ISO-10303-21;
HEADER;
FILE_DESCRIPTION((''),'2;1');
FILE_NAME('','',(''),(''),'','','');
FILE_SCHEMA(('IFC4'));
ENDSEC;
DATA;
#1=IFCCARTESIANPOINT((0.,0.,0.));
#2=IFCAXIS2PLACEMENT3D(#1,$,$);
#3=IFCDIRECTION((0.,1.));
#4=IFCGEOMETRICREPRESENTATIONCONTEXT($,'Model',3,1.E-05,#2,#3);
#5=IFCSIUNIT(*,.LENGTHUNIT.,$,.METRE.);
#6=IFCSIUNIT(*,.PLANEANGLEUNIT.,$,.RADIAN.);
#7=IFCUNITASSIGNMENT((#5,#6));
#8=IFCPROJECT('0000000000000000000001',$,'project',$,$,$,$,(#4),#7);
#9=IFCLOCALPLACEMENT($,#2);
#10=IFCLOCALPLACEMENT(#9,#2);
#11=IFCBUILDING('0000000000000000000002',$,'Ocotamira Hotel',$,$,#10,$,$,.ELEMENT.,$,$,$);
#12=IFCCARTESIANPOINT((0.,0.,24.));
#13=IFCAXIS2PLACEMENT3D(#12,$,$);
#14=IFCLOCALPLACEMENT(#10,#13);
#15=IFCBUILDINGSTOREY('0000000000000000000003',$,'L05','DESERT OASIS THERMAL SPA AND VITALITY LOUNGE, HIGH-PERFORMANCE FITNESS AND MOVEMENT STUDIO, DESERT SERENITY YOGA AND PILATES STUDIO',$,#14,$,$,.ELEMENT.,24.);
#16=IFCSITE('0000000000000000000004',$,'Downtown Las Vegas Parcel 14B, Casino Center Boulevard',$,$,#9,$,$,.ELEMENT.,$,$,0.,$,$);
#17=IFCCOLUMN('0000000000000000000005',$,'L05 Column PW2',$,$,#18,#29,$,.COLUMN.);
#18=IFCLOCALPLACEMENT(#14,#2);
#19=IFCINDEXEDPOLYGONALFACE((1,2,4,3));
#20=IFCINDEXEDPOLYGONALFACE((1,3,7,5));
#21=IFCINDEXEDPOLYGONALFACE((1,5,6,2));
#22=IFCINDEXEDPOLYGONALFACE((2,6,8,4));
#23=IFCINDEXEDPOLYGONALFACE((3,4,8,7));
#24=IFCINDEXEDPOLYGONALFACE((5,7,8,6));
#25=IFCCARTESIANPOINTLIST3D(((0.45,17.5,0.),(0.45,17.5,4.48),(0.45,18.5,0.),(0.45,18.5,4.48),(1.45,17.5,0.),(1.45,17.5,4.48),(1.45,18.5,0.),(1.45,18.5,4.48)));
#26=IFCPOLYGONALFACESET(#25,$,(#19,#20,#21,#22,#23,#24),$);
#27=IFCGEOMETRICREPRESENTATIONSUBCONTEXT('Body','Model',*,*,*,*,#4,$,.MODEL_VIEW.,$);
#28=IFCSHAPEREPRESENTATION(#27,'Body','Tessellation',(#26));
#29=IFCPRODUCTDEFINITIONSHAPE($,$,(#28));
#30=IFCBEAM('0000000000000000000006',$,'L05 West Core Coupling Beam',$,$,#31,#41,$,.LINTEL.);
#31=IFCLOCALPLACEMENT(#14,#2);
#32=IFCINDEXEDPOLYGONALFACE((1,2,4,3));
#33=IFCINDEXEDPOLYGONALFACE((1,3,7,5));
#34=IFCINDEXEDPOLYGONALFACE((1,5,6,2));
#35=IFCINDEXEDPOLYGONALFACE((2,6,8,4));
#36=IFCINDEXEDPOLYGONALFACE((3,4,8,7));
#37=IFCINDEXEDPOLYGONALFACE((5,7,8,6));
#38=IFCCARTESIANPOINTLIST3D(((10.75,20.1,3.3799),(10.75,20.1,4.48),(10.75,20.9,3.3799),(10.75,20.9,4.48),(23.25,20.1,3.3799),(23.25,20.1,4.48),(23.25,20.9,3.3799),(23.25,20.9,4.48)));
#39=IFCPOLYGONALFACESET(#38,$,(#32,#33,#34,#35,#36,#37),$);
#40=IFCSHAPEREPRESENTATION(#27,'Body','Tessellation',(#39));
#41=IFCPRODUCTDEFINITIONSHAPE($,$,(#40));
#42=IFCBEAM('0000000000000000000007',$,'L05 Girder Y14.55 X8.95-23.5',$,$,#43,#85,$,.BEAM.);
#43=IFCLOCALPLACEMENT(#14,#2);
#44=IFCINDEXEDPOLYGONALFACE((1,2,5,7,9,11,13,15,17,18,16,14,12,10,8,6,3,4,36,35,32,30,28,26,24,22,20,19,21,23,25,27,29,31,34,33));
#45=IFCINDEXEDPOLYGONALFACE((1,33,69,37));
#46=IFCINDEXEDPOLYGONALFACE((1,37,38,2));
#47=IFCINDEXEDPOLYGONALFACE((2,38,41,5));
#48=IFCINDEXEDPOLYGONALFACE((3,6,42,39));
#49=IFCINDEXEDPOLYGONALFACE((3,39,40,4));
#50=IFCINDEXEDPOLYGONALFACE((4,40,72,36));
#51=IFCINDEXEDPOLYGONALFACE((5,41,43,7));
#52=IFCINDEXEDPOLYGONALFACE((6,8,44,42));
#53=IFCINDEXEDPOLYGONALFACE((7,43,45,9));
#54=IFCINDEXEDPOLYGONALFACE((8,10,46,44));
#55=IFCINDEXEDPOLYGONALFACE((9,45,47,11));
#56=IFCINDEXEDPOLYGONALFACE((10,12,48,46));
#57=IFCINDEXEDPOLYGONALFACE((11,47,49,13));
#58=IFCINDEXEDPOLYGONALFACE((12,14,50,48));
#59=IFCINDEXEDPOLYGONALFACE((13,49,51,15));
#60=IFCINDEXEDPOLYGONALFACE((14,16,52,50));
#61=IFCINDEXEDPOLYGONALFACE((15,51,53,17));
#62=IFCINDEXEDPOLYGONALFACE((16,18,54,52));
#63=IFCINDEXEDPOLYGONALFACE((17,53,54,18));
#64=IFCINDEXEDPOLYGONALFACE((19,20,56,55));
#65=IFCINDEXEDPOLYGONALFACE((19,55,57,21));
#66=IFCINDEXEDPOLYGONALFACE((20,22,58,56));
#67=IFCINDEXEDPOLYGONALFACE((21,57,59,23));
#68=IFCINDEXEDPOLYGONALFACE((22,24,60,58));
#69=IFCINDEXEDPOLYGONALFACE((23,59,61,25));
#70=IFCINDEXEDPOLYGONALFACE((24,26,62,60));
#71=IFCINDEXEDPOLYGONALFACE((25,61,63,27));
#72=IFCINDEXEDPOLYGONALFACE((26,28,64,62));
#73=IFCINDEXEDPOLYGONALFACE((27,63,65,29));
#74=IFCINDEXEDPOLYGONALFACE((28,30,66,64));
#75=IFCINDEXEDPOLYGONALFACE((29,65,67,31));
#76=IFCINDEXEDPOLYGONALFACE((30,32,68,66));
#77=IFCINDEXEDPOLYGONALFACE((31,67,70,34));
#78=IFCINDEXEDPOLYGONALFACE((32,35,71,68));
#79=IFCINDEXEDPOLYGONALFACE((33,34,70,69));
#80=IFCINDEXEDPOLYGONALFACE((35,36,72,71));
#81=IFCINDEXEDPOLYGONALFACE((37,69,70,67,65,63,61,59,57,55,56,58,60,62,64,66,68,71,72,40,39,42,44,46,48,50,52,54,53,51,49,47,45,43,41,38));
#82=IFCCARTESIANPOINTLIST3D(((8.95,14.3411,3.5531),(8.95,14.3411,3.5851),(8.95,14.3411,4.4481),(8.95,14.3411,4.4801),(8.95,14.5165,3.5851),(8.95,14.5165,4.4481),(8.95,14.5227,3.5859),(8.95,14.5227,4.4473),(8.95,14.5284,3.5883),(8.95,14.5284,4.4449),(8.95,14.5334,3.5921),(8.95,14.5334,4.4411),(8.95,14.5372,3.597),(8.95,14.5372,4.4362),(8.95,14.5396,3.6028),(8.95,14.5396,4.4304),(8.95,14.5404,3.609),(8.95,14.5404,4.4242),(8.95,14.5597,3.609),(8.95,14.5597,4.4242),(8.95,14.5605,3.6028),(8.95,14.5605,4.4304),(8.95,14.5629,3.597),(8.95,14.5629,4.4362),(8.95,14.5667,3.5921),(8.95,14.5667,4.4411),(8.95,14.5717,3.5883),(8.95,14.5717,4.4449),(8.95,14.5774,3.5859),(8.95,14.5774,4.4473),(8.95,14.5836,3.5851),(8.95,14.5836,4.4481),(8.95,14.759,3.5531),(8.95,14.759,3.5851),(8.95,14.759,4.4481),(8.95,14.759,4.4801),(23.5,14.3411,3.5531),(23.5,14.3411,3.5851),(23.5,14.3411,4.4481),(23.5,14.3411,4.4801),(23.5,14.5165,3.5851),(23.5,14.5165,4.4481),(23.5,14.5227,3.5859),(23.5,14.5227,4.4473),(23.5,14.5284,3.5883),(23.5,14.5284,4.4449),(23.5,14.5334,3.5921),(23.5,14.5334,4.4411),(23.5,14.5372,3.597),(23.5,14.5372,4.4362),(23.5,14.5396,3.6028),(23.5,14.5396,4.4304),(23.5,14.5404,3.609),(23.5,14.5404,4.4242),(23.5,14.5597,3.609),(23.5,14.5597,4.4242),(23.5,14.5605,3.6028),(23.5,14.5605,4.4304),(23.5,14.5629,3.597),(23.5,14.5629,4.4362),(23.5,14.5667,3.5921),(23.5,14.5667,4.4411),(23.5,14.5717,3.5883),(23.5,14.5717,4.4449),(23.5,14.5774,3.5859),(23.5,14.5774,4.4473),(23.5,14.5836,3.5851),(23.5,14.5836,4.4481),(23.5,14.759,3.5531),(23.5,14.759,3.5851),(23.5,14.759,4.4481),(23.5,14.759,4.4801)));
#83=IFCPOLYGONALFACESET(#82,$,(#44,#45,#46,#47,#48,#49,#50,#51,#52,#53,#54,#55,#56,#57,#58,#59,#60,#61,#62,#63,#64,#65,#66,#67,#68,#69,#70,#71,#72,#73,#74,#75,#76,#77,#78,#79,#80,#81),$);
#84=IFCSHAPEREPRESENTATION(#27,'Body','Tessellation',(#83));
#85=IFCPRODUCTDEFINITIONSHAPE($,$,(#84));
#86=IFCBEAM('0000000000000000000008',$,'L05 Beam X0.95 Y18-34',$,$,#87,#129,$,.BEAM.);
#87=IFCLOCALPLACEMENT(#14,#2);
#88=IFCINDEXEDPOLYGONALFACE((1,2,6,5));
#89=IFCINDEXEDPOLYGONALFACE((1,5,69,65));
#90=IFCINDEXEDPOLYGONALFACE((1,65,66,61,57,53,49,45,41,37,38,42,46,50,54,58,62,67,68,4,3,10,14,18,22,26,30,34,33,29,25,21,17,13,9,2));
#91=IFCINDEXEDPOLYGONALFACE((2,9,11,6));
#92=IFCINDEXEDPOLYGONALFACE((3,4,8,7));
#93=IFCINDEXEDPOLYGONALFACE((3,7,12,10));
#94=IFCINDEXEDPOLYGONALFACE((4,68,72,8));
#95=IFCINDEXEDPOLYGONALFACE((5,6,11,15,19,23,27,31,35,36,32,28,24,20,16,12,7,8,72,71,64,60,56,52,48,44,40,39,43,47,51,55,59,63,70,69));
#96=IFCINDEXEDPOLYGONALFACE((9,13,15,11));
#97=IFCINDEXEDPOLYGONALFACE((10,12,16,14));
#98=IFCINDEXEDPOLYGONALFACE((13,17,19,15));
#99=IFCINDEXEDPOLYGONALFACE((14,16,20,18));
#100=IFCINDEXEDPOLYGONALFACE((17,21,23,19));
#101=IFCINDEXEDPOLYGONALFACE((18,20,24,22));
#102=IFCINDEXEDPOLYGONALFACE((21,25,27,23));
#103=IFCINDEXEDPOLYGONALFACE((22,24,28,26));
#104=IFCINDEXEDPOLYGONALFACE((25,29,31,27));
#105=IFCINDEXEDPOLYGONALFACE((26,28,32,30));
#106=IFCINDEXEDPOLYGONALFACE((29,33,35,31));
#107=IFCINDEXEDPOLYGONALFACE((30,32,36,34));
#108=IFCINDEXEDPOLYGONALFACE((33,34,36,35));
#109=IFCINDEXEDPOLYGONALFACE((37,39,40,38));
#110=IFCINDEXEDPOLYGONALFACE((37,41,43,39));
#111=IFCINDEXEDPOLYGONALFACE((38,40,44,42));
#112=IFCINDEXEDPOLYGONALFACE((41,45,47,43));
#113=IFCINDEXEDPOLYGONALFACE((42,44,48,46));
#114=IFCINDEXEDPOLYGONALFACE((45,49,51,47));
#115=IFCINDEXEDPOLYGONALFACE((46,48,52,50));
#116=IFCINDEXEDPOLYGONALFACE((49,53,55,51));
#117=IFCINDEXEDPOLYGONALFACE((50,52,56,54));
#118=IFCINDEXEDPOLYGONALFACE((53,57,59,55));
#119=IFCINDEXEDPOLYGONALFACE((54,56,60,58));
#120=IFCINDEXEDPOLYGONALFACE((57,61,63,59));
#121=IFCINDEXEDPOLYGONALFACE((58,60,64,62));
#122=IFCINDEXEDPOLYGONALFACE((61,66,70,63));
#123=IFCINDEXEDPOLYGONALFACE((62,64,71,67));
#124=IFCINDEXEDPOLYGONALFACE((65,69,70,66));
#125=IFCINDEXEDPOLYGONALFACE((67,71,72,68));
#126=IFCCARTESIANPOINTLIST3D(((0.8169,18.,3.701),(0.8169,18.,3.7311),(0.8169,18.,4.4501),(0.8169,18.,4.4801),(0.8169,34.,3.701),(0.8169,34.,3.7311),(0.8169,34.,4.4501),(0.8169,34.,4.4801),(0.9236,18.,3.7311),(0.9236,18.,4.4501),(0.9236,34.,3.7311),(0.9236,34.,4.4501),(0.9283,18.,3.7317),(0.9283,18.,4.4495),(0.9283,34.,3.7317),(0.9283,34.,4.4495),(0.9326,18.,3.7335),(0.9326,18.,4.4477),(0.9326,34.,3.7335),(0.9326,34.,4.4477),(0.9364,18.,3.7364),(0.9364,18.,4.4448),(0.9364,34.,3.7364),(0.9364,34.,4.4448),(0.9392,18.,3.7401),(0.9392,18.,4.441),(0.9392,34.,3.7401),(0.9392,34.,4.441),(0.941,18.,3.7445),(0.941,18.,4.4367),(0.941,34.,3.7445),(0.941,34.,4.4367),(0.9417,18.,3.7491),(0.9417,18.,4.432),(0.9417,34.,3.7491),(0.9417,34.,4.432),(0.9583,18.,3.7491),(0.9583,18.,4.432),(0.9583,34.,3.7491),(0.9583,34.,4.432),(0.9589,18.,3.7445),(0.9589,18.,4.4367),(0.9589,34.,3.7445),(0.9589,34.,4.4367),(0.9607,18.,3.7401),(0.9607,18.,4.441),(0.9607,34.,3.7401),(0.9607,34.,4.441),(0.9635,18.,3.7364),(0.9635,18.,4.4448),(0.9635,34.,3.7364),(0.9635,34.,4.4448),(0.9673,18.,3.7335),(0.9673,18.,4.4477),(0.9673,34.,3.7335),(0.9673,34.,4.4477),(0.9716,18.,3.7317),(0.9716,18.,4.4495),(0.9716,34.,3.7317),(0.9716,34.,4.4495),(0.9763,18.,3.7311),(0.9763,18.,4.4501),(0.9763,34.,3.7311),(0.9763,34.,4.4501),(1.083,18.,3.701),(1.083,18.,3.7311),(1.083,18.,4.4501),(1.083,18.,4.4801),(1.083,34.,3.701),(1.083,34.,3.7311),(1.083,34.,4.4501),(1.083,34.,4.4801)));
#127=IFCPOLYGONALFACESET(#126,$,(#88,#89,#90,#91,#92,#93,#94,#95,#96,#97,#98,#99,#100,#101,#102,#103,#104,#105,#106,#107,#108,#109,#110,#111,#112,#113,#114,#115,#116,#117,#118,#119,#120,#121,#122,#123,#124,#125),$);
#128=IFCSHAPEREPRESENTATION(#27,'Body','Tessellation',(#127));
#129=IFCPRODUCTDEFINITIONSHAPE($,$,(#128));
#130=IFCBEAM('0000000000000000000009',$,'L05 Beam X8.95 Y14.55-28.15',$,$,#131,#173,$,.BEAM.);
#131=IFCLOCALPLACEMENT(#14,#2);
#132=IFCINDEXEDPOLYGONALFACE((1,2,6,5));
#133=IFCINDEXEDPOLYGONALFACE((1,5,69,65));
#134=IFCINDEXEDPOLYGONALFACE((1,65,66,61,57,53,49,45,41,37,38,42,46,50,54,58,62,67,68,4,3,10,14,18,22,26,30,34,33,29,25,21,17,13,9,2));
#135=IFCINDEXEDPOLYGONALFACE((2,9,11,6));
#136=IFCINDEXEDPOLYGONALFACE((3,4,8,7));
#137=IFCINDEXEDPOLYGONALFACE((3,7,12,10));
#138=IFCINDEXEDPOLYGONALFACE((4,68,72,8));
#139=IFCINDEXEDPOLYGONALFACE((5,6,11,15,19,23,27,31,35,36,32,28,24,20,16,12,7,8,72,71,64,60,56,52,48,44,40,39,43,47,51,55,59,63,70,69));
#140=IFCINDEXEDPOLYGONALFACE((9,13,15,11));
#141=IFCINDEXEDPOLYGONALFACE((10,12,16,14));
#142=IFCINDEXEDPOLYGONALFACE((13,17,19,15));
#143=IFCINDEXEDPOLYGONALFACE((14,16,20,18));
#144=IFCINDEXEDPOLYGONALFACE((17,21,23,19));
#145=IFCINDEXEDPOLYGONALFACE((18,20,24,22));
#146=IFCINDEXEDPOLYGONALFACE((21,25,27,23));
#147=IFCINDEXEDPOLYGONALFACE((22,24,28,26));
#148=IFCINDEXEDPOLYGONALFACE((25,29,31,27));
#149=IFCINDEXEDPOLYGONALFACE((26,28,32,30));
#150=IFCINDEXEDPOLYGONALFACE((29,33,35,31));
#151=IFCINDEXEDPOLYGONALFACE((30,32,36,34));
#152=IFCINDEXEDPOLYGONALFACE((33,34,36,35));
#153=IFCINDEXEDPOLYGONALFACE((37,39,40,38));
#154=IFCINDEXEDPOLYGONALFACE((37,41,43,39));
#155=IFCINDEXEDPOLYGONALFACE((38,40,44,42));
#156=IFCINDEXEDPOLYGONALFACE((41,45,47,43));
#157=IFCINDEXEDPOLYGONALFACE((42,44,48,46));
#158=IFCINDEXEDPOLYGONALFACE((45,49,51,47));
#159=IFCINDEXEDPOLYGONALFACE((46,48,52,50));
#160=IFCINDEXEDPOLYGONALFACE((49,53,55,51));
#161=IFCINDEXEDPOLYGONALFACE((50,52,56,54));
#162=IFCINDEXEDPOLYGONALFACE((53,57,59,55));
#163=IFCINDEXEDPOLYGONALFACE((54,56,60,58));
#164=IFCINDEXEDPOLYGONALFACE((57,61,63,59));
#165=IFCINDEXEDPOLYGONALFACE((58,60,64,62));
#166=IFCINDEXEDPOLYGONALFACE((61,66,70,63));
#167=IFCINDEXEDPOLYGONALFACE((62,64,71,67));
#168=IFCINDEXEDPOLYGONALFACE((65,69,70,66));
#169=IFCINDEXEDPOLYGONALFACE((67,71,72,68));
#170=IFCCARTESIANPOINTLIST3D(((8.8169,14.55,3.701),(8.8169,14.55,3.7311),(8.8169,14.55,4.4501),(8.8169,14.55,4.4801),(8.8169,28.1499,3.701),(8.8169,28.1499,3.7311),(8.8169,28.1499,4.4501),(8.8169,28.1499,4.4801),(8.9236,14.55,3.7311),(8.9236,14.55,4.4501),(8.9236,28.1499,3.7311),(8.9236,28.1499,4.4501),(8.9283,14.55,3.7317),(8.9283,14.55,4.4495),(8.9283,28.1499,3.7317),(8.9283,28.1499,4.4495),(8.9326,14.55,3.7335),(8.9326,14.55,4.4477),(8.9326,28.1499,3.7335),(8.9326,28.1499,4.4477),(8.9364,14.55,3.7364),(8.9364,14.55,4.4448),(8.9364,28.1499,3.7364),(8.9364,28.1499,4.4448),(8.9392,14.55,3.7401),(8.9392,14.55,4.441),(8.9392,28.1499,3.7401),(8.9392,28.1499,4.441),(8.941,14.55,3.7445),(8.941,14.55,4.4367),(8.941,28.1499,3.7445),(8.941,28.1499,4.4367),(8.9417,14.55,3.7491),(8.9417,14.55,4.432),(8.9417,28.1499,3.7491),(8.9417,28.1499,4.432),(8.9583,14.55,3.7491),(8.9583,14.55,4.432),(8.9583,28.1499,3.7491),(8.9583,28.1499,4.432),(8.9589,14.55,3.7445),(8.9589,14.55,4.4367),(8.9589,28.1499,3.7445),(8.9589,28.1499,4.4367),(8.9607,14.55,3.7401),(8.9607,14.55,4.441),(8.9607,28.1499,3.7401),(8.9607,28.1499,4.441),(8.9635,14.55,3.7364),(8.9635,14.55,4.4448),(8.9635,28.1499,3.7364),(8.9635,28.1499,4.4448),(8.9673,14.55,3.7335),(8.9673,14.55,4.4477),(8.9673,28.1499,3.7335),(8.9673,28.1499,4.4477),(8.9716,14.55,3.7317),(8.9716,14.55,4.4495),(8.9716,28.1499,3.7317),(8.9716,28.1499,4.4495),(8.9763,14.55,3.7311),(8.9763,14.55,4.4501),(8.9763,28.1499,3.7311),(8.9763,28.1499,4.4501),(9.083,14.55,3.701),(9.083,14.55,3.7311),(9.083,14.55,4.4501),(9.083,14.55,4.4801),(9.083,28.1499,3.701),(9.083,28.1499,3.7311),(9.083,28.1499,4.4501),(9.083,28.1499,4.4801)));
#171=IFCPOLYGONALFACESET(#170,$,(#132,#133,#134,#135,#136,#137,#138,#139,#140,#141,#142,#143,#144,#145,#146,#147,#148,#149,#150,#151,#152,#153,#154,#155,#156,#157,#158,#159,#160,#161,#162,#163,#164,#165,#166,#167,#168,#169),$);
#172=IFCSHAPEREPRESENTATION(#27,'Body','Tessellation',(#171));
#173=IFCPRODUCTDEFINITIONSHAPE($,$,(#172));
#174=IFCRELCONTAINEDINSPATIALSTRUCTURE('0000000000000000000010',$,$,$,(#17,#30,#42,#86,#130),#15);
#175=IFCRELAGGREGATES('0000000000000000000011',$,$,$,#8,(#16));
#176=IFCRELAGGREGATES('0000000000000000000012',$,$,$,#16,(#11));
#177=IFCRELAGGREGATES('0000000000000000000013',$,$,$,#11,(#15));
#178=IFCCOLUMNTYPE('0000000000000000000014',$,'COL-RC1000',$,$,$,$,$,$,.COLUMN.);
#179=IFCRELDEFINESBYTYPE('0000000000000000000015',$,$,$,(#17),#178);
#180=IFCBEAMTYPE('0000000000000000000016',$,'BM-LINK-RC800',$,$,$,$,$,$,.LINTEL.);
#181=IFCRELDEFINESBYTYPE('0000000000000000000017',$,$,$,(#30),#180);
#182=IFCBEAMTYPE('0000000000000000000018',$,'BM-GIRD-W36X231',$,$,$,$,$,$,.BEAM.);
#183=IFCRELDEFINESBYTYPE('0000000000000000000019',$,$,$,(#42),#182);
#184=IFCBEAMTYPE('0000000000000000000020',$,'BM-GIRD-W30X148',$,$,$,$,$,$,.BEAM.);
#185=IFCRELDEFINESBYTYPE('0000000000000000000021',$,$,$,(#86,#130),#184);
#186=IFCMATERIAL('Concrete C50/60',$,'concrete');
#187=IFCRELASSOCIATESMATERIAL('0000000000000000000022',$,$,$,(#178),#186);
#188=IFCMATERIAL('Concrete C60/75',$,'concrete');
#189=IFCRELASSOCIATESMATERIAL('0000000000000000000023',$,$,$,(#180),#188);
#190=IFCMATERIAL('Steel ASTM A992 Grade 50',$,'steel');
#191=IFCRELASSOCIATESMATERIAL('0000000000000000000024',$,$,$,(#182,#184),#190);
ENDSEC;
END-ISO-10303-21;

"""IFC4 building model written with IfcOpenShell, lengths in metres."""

from ifc_helpers import new_model, si_unit, direction, frame, origin, origin_2d, place, context, subcontext, project, spatial, rectangle, i_section, extrude, source, transform, mapped, material, material_profile, profile_set, type_object, element, save


model = new_model("IFC4")

# Units and contexts
model_context = context("Model", 3, precision=1e-05, world=origin(), true_north=direction((0.0, 1.0)))
body_context = subcontext(model_context, "Body", "Model", "MODEL_VIEW")
ifc_project = project(units=[si_unit("LENGTHUNIT", "METRE"), si_unit("PLANEANGLEUNIT", "RADIAN")], contexts=[model_context])

# Site, building, storey
site_placement = place(None, origin())
site = spatial("IfcSite", under=ifc_project, at=site_placement, Name="Downtown Las Vegas Parcel 14B, Casino Center Boulevard", CompositionType="ELEMENT", RefElevation=0.0)
building_placement = place(site_placement, origin())
building = spatial("IfcBuilding", under=site, at=building_placement, Name="Ocotamira Hotel", CompositionType="ELEMENT")
storey_placement = place(building_placement, frame((0.0, 0.0, 24.0)))
storey = spatial("IfcBuildingStorey", under=building, at=storey_placement, Name="L05", Description="DESERT OASIS THERMAL SPA AND VITALITY LOUNGE, HIGH-PERFORMANCE FITNESS AND MOVEMENT STUDIO, DESERT SERENITY YOGA AND PILATES STUDIO", CompositionType="ELEMENT", Elevation=24.0)

# Column
ifc_material_1 = material(Name="Concrete C50/60", Category="concrete")
ifc_material_profile_1 = material_profile(ifc_material_1, rectangle(XDim=1.0, YDim=1.0, at=origin_2d()), Name="RC1000X1000")
ifc_profile_set_1 = profile_set([ifc_material_profile_1], Name="Concrete C50/60")
column_type = type_object("IfcColumnType", Name="COL-RC1000", PredefinedType="COLUMN", material=ifc_profile_set_1)
shared_shape_1 = source(origin(), body_context, "Body", "SweptSolid", [
    extrude(rectangle(XDim=1.0, YDim=1.0, at=origin_2d()), origin(), (0.0, 0.0, 1.0), 4.48),
])
column_placement = place(storey_placement, frame((0.95, 18.0, 0.0), z_axis=(0.0, 0.0, 1.0), x_axis=(1.0, 0.0, 0.0)))
element("IfcColumn", 1, at=column_placement, inside=storey, type_object=column_type, Name="L05 Column PW2", PredefinedType="COLUMN", context=body_context, shape_type="MappedRepresentation", body=[
    mapped(shared_shape_1, transform((0.0, 0.0, 0.0), scale=1.0)),
])

# Beams
ifc_material_2 = material(Name="Concrete C60/75", Category="concrete")
ifc_material_profile_2 = material_profile(ifc_material_2, rectangle(XDim=0.8, YDim=1.1001, at=origin_2d()), Name="RC800X1100")
ifc_profile_set_2 = profile_set([ifc_material_profile_2], Name="Concrete C60/75")
beam_type_1 = type_object("IfcBeamType", Name="BM-LINK-RC800", PredefinedType="LINTEL", material=ifc_profile_set_2)
shared_shape_2 = source(origin(), body_context, "Body", "SweptSolid", [
    extrude(rectangle(XDim=0.8, YDim=1.1001, at=origin_2d()), origin(), (0.0, 0.0, 1.0), 12.5),
])
beam_1_placement = place(storey_placement, frame((10.75, 20.5, 3.9299), z_axis=(1.0, 0.0, 0.0), x_axis=(0.0, 1.0, 0.0)))
element("IfcBeam", 2, at=beam_1_placement, inside=storey, type_object=beam_type_1, Name="L05 West Core Coupling Beam", PredefinedType="LINTEL", context=body_context, shape_type="MappedRepresentation", body=[
    mapped(shared_shape_2, transform((0.0, 0.0, 0.0), scale=1.0)),
])
ifc_material_3 = material(Name="Steel ASTM A992 Grade 50", Category="steel")
ifc_material_profile_3 = material_profile(ifc_material_3, i_section(OverallWidth=0.418, OverallDepth=0.927, WebThickness=0.0193, FlangeThickness=0.032, FilletRadius=0.0239, at=origin_2d()), Name="W36X231")
ifc_profile_set_3 = profile_set([ifc_material_profile_3], Name="Steel ASTM A992 Grade 50")
beam_type_2 = type_object("IfcBeamType", Name="BM-GIRD-W36X231", PredefinedType="BEAM", material=ifc_profile_set_3)
shared_shape_3 = source(origin(), body_context, "Body", "SweptSolid", [
    extrude(i_section(OverallWidth=0.418, OverallDepth=0.927, WebThickness=0.0193, FlangeThickness=0.032, FilletRadius=0.0239, at=origin_2d()), origin(), (0.0, 0.0, 1.0), 14.55),
])
beam_2_placement = place(storey_placement, frame((8.95, 14.55, 4.0166), z_axis=(1.0, 0.0, 0.0), x_axis=(0.0, 1.0, 0.0)))
element("IfcBeam", 3, at=beam_2_placement, inside=storey, type_object=beam_type_2, Name="L05 Girder Y14.55 X8.95-23.5", PredefinedType="BEAM", context=body_context, shape_type="MappedRepresentation", body=[
    mapped(shared_shape_3, transform((0.0, 0.0, 0.0), scale=1.0)),
])
ifc_material_profile_4 = material_profile(ifc_material_3, i_section(OverallWidth=0.2661, OverallDepth=0.7791, WebThickness=0.0166, FlangeThickness=0.03, FilletRadius=0.0181, at=origin_2d()), Name="W30X148")
ifc_profile_set_4 = profile_set([ifc_material_profile_4], Name="Steel ASTM A992 Grade 50")
beam_type_3 = type_object("IfcBeamType", Name="BM-GIRD-W30X148", PredefinedType="BEAM", material=ifc_profile_set_4)
shared_shape_4 = source(origin(), body_context, "Body", "SweptSolid", [
    extrude(i_section(OverallWidth=0.2661, OverallDepth=0.7791, WebThickness=0.0166, FlangeThickness=0.03, FilletRadius=0.0181, at=origin_2d()), origin(), (0.0, 0.0, 1.0), 16.0),
])
beam_3_placement = place(storey_placement, frame((0.95, 18.0, 4.0906), z_axis=(0.0, 1.0, 0.0), x_axis=(-1.0, 0.0, 0.0)))
element("IfcBeam", 4, at=beam_3_placement, inside=storey, type_object=beam_type_3, Name="L05 Beam X0.95 Y18-34", PredefinedType="BEAM", context=body_context, shape_type="MappedRepresentation", body=[
    mapped(shared_shape_4, transform((0.0, 0.0, 0.0), scale=1.0)),
])
shared_shape_5 = source(origin(), body_context, "Body", "SweptSolid", [
    extrude(i_section(OverallWidth=0.2661, OverallDepth=0.7791, WebThickness=0.0166, FlangeThickness=0.03, FilletRadius=0.0181, at=origin_2d()), origin(), (0.0, 0.0, 1.0), 13.5999),
])
beam_4_placement = place(storey_placement, frame((8.95, 14.55, 4.0906), z_axis=(0.0, 1.0, 0.0), x_axis=(-1.0, 0.0, 0.0)))
element("IfcBeam", 5, at=beam_4_placement, inside=storey, type_object=beam_type_3, Name="L05 Beam X8.95 Y14.55-28.15", PredefinedType="BEAM", context=body_context, shape_type="MappedRepresentation", body=[
    mapped(shared_shape_5, transform((0.0, 0.0, 0.0), scale=1.0)),
])

save(model, "model.ifc")
